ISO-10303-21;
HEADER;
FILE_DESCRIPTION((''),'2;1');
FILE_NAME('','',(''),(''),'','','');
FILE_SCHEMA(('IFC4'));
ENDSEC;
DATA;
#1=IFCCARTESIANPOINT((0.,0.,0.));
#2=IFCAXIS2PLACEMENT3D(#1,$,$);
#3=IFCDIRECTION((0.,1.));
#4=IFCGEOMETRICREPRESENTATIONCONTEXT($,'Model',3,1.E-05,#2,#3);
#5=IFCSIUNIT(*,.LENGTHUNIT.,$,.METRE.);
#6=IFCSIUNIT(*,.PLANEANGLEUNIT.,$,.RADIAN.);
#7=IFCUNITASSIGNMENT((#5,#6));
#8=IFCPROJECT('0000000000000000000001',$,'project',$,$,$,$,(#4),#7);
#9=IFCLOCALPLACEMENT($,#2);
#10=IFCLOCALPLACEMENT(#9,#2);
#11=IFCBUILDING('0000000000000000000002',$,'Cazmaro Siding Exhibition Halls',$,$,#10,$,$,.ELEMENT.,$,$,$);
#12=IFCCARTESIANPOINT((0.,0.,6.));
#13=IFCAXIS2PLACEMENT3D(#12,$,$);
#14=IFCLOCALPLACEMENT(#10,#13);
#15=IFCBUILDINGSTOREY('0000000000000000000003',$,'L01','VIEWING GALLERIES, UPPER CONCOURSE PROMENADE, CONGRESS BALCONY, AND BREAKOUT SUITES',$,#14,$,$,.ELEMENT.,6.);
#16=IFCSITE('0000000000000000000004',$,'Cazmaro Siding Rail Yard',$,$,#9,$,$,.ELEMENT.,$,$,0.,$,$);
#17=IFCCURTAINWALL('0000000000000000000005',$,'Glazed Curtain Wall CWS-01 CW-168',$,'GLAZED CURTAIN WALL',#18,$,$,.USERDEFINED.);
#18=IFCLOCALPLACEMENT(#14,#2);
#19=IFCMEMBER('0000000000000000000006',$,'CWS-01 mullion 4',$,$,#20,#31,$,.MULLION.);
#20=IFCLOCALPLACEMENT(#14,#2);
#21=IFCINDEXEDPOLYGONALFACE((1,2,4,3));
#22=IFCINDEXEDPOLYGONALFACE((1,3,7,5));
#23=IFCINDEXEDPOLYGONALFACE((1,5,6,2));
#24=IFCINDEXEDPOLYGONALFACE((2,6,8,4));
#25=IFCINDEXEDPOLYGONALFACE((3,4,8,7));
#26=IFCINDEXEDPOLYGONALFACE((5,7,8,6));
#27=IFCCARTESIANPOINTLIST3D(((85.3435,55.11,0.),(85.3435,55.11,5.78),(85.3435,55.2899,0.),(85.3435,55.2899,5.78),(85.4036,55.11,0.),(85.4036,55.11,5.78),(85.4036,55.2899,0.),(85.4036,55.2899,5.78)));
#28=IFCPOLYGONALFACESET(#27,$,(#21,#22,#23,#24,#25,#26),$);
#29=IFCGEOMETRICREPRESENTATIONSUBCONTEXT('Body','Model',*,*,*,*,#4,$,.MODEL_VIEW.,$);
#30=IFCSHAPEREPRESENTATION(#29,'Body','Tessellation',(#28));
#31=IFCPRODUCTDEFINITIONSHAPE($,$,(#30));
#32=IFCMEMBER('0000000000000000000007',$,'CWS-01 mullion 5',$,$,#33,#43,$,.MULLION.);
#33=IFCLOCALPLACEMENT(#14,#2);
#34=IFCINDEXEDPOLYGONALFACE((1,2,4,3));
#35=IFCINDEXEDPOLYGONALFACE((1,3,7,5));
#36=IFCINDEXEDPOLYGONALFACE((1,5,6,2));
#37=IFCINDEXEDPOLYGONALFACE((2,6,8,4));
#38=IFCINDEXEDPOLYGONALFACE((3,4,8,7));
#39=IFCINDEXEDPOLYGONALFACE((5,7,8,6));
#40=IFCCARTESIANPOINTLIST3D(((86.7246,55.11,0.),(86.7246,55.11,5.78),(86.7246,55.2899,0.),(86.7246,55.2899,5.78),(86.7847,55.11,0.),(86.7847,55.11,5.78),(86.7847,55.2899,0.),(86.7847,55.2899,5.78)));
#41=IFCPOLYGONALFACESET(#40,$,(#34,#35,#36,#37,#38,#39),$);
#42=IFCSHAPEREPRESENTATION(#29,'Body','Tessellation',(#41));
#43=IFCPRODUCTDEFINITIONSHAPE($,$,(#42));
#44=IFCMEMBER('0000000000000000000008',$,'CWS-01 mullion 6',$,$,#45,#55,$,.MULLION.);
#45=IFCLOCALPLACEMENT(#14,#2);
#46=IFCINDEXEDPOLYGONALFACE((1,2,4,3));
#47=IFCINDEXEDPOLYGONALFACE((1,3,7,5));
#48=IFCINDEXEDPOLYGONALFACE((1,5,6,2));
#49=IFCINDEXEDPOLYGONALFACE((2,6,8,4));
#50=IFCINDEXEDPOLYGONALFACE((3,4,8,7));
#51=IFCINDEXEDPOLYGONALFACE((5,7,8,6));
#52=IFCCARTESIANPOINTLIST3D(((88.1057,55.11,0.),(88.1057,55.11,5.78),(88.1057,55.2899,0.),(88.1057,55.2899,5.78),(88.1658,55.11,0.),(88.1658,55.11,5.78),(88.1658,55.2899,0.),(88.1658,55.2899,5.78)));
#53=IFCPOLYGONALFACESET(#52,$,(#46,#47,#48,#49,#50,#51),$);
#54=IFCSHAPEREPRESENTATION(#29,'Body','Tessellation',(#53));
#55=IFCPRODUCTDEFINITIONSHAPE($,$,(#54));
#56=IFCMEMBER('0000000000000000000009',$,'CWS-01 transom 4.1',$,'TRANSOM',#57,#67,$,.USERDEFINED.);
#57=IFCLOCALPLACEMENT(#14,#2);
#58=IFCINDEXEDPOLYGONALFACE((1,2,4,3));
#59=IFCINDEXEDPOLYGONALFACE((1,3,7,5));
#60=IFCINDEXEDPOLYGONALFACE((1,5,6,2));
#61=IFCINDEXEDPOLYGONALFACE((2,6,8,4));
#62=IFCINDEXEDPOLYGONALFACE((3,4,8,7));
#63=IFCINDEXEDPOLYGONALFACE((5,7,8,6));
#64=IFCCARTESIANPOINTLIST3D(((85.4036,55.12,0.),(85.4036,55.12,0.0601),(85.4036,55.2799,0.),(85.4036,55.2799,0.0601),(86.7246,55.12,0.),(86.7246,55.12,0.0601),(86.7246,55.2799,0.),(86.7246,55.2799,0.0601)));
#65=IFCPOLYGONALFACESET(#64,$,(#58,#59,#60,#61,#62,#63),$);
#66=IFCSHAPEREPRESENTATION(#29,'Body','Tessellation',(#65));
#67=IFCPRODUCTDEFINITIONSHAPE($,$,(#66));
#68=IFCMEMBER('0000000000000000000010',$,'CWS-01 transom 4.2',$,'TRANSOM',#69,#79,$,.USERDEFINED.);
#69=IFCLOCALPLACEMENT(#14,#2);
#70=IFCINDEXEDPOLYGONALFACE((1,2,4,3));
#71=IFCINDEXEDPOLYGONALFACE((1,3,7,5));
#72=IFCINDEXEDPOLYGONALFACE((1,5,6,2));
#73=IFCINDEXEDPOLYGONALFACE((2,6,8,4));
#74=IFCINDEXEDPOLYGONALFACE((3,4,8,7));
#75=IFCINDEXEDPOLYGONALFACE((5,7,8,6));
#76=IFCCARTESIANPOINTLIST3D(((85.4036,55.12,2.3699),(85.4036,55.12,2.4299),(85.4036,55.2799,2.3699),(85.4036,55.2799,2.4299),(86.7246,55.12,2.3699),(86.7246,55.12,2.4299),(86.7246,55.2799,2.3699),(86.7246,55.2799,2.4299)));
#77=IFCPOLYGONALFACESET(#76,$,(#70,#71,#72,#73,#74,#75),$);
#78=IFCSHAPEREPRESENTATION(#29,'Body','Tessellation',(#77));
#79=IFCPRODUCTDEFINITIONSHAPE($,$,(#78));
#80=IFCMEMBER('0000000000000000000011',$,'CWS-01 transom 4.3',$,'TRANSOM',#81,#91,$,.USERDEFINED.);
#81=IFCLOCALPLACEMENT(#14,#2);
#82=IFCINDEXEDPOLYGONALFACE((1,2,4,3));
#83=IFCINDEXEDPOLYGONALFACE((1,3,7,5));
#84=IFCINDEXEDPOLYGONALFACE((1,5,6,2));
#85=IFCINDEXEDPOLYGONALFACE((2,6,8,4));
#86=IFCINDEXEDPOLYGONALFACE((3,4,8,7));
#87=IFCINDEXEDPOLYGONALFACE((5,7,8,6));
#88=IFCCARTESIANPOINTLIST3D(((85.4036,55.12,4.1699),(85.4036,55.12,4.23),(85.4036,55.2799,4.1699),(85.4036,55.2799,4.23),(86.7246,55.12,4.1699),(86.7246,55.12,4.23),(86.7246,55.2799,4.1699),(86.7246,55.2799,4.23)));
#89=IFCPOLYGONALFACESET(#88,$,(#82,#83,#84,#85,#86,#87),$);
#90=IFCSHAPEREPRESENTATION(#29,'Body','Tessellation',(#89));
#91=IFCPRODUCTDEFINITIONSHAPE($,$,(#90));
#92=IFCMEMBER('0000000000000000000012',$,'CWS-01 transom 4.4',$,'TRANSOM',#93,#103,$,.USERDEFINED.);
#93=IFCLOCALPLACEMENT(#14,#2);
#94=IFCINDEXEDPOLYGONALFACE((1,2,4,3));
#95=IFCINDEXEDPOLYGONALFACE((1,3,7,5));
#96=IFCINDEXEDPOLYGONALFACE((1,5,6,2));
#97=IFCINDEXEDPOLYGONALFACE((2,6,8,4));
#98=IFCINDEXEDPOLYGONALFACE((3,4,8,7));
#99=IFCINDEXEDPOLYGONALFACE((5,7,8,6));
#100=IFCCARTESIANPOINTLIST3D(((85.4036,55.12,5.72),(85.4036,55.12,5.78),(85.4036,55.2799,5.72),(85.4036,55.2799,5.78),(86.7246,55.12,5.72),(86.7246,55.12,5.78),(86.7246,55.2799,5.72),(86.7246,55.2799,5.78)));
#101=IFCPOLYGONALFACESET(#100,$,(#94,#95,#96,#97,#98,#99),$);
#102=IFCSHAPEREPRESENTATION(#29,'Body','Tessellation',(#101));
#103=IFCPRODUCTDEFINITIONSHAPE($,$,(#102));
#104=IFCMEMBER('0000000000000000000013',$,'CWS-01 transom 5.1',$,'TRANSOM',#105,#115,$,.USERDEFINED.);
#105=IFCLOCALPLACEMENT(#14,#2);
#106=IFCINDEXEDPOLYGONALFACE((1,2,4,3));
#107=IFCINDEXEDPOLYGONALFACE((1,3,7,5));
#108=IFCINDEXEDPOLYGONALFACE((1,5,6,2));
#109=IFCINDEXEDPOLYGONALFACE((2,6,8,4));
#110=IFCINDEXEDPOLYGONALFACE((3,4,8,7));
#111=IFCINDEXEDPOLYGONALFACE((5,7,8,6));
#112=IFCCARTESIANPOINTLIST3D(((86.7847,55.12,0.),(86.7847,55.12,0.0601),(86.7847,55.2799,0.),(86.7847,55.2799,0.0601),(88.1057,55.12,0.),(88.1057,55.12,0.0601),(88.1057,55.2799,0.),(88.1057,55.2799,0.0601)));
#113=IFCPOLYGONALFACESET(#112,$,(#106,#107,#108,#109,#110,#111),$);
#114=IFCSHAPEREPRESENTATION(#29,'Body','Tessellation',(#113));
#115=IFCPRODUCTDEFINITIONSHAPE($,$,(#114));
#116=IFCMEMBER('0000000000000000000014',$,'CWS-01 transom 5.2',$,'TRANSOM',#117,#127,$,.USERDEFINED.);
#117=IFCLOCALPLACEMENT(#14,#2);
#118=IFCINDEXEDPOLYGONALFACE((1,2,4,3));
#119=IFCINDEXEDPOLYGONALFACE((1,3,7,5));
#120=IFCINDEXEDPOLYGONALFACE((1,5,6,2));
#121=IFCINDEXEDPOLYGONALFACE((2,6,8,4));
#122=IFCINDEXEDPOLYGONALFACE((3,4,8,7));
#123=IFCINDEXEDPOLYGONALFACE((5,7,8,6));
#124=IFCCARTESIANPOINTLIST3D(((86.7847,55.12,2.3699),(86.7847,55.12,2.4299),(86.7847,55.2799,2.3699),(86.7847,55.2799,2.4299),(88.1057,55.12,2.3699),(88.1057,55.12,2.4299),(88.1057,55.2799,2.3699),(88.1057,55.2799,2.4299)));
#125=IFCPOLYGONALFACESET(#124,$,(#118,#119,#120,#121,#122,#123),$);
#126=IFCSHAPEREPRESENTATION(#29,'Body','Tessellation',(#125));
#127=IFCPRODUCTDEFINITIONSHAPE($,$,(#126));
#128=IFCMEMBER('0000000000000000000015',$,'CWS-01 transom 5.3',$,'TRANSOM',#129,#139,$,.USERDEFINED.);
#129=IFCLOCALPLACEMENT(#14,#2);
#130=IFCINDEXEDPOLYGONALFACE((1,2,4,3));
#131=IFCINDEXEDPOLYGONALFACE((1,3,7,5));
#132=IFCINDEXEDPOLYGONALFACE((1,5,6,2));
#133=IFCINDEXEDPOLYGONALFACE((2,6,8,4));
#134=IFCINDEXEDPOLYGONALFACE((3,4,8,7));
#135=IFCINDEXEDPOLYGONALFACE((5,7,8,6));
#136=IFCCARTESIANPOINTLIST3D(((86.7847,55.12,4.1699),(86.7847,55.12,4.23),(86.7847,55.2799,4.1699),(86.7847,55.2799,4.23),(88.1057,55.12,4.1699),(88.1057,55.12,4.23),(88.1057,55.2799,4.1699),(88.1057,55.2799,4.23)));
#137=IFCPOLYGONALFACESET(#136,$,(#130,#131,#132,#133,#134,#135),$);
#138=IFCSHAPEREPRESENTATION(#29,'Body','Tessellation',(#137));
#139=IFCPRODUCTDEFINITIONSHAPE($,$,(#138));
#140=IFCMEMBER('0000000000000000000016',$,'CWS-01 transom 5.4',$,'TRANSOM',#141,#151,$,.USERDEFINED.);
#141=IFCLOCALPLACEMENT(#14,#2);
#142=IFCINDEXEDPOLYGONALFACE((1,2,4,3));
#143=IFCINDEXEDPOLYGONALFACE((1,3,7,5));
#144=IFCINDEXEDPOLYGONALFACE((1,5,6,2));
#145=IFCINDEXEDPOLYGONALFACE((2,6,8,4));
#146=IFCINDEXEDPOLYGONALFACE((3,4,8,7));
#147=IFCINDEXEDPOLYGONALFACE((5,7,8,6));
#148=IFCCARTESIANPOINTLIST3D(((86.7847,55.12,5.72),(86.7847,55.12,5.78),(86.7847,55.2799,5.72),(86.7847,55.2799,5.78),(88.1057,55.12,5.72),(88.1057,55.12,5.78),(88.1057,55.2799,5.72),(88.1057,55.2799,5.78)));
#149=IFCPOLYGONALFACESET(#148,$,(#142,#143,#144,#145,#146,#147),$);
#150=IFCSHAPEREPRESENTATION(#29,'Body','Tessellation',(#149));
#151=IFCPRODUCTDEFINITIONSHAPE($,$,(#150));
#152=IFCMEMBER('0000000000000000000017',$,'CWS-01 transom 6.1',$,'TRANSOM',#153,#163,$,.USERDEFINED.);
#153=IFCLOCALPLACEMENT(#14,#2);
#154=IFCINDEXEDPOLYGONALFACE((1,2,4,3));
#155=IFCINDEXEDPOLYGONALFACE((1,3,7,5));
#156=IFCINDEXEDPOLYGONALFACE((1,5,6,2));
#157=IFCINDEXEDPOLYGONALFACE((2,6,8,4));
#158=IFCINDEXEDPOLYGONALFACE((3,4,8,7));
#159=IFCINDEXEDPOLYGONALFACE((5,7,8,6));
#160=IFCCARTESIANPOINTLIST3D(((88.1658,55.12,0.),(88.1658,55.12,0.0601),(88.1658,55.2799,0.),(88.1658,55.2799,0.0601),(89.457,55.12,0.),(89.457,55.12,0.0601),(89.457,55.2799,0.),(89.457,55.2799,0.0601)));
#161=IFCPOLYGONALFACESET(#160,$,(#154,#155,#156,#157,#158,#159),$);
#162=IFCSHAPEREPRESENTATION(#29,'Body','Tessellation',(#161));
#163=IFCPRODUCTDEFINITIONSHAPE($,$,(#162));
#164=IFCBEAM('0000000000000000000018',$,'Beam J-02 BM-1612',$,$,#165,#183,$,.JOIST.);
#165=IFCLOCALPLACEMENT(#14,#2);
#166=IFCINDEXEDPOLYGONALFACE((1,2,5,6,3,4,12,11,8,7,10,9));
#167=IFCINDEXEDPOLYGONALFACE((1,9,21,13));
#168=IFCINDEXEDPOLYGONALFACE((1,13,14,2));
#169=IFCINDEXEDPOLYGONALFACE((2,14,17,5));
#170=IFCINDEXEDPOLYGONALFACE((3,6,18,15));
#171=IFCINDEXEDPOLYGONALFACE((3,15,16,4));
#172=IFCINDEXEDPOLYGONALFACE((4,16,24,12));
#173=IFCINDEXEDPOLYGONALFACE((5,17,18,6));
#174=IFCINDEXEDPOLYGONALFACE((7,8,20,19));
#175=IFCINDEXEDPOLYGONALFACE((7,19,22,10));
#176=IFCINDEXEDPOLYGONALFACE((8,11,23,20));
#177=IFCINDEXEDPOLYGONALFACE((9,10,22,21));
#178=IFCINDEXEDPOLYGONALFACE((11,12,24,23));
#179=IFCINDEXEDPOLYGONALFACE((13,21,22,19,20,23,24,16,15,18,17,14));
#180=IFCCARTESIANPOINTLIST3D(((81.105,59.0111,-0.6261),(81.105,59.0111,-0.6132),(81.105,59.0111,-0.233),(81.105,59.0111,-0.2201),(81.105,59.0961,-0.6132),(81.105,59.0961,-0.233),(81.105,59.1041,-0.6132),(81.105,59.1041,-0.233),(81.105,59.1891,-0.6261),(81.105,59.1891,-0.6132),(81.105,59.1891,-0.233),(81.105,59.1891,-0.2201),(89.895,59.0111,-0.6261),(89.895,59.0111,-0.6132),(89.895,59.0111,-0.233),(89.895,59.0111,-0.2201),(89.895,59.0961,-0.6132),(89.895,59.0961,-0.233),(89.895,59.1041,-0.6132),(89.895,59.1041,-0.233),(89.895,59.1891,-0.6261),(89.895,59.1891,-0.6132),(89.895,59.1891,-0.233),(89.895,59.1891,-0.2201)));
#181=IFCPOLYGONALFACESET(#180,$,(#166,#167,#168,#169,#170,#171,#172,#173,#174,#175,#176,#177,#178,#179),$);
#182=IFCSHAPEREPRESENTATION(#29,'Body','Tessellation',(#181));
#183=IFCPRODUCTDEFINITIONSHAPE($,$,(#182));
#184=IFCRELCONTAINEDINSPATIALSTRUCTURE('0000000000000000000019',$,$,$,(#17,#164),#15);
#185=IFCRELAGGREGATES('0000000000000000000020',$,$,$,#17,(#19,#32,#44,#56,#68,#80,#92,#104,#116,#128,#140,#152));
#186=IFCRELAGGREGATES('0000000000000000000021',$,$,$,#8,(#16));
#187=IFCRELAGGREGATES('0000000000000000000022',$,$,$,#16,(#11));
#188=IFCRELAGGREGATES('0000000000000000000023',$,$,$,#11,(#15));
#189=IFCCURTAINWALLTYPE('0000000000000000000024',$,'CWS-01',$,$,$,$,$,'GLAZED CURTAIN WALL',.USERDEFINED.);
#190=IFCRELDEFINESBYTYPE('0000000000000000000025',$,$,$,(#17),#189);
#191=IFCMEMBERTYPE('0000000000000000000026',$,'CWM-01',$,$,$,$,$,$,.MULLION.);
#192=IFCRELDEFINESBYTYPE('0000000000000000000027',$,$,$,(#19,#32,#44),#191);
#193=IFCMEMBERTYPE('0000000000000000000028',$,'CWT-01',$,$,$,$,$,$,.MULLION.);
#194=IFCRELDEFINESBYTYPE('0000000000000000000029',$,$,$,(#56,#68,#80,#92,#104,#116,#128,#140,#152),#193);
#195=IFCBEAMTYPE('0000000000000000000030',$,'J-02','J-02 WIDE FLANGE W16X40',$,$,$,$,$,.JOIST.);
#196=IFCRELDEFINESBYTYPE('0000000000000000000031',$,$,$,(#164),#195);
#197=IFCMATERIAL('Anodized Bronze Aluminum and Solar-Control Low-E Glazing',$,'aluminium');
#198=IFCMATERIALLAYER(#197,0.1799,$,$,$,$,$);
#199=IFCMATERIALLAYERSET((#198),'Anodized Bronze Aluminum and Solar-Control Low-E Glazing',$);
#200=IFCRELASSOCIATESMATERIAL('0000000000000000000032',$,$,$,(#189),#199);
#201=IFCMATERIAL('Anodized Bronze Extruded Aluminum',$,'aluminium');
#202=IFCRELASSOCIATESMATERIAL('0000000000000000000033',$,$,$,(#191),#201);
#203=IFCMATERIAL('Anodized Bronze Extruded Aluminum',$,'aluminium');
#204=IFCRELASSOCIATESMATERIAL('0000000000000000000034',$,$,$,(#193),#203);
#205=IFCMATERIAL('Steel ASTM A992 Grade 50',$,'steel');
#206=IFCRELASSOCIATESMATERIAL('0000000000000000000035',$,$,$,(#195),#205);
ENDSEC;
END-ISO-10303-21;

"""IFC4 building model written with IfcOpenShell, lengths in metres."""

from ifc_helpers import new_model, si_unit, direction, frame, origin, origin_2d, place, context, subcontext, project, spatial, rectangle, i_section, extrude, material, layer, layer_set, material_profile, profile_set, type_object, element, aggregate, save


model = new_model("IFC4")

# Units and contexts
model_context = context("Model", 3, precision=1e-05, world=origin(), true_north=direction((0.0, 1.0)))
body_context = subcontext(model_context, "Body", "Model", "MODEL_VIEW")
ifc_project = project(units=[si_unit("LENGTHUNIT", "METRE"), si_unit("PLANEANGLEUNIT", "RADIAN")], contexts=[model_context])

# Site, building, storey
site_placement = place(None, origin())
site = spatial("IfcSite", under=ifc_project, at=site_placement, Name="Cazmaro Siding Rail Yard", CompositionType="ELEMENT", RefElevation=0.0)
building_placement = place(site_placement, origin())
building = spatial("IfcBuilding", under=site, at=building_placement, Name="Cazmaro Siding Exhibition Halls", CompositionType="ELEMENT")
storey_placement = place(building_placement, frame((0.0, 0.0, 6.0)))
storey = spatial("IfcBuildingStorey", under=building, at=storey_placement, Name="L01", Description="VIEWING GALLERIES, UPPER CONCOURSE PROMENADE, CONGRESS BALCONY, AND BREAKOUT SUITES", CompositionType="ELEMENT", Elevation=6.0)

# Curtain wall, members
ifc_material_1 = material(Name="Anodized Bronze Aluminum and Solar-Control Low-E Glazing", Category="aluminium")
ifc_layer_1 = layer(ifc_material_1, 0.1799)
ifc_layer_set_1 = layer_set([ifc_layer_1], Name="Anodized Bronze Aluminum and Solar-Control Low-E Glazing")
curtain_wall_type = type_object("IfcCurtainWallType", Name="CWS-01", ElementType="GLAZED CURTAIN WALL", PredefinedType="USERDEFINED", material=ifc_layer_set_1)
curtain_wall_placement = place(storey_placement, origin())
curtain_wall = element("IfcCurtainWall", 1, at=curtain_wall_placement, inside=storey, type_object=curtain_wall_type, Name="Glazed Curtain Wall CWS-01 CW-168", ObjectType="GLAZED CURTAIN WALL", PredefinedType="USERDEFINED")
ifc_material_2 = material(Name="Anodized Bronze Extruded Aluminum", Category="aluminium")
ifc_material_profile_1 = material_profile(ifc_material_2, rectangle(XDim=0.1799, YDim=0.0601, at=origin_2d()), Name="CWM-01")
ifc_profile_set_1 = profile_set([ifc_material_profile_1], Name="Anodized Bronze Extruded Aluminum")
member_type_1 = type_object("IfcMemberType", Name="CWM-01", PredefinedType="MULLION", material=ifc_profile_set_1)
member_1_placement = place(storey_placement, frame((85.3735, 55.2, 0.0), z_axis=(0.0, 0.0, 1.0), x_axis=(0.0, 1.0, 0.0)))
member_1 = element("IfcMember", 2, at=member_1_placement, type_object=member_type_1, Name="CWS-01 mullion 4", PredefinedType="MULLION", context=body_context, shape_type="SweptSolid", body=[
    extrude(rectangle(XDim=0.1799, YDim=0.0601, at=origin_2d()), origin(), (0.0, 0.0, 1.0), 5.78),
])
member_2_placement = place(storey_placement, frame((86.7546, 55.2, 0.0), z_axis=(0.0, 0.0, 1.0), x_axis=(0.0, 1.0, 0.0)))
member_2 = element("IfcMember", 3, at=member_2_placement, type_object=member_type_1, Name="CWS-01 mullion 5", PredefinedType="MULLION", context=body_context, shape_type="SweptSolid", body=[
    extrude(rectangle(XDim=0.1799, YDim=0.0601, at=origin_2d()), origin(), (0.0, 0.0, 1.0), 5.78),
])
member_3_placement = place(storey_placement, frame((88.1357, 55.2, 0.0), z_axis=(0.0, 0.0, 1.0), x_axis=(0.0, 1.0, 0.0)))
member_3 = element("IfcMember", 4, at=member_3_placement, type_object=member_type_1, Name="CWS-01 mullion 6", PredefinedType="MULLION", context=body_context, shape_type="SweptSolid", body=[
    extrude(rectangle(XDim=0.1799, YDim=0.0601, at=origin_2d()), origin(), (0.0, 0.0, 1.0), 5.78),
])
ifc_material_3 = material(Name="Anodized Bronze Extruded Aluminum", Category="aluminium")
ifc_material_profile_2 = material_profile(ifc_material_3, rectangle(XDim=0.1599, YDim=0.0601, at=origin_2d()), Name="CWT-01")
ifc_profile_set_2 = profile_set([ifc_material_profile_2], Name="Anodized Bronze Extruded Aluminum")
member_type_2 = type_object("IfcMemberType", Name="CWT-01", PredefinedType="MULLION", material=ifc_profile_set_2)
member_4_placement = place(storey_placement, frame((85.4036, 55.2, 0.03), z_axis=(1.0, 0.0, 0.0), x_axis=(0.0, 1.0, 0.0)))
member_4 = element("IfcMember", 5, at=member_4_placement, type_object=member_type_2, Name="CWS-01 transom 4.1", ObjectType="TRANSOM", PredefinedType="USERDEFINED", context=body_context, shape_type="SweptSolid", body=[
    extrude(rectangle(XDim=0.1599, YDim=0.0601, at=origin_2d()), origin(), (0.0, 0.0, 1.0), 1.321),
])
member_5_placement = place(storey_placement, frame((85.4036, 55.2, 2.3999), z_axis=(1.0, 0.0, 0.0), x_axis=(0.0, 1.0, 0.0)))
member_5 = element("IfcMember", 6, at=member_5_placement, type_object=member_type_2, Name="CWS-01 transom 4.2", ObjectType="TRANSOM", PredefinedType="USERDEFINED", context=body_context, shape_type="SweptSolid", body=[
    extrude(rectangle(XDim=0.1599, YDim=0.0601, at=origin_2d()), origin(), (0.0, 0.0, 1.0), 1.321),
])
member_6_placement = place(storey_placement, frame((85.4036, 55.2, 4.2), z_axis=(1.0, 0.0, 0.0), x_axis=(0.0, 1.0, 0.0)))
member_6 = element("IfcMember", 7, at=member_6_placement, type_object=member_type_2, Name="CWS-01 transom 4.3", ObjectType="TRANSOM", PredefinedType="USERDEFINED", context=body_context, shape_type="SweptSolid", body=[
    extrude(rectangle(XDim=0.1599, YDim=0.0601, at=origin_2d()), origin(), (0.0, 0.0, 1.0), 1.321),
])
member_7_placement = place(storey_placement, frame((85.4036, 55.2, 5.75), z_axis=(1.0, 0.0, 0.0), x_axis=(0.0, 1.0, 0.0)))
member_7 = element("IfcMember", 8, at=member_7_placement, type_object=member_type_2, Name="CWS-01 transom 4.4", ObjectType="TRANSOM", PredefinedType="USERDEFINED", context=body_context, shape_type="SweptSolid", body=[
    extrude(rectangle(XDim=0.1599, YDim=0.0601, at=origin_2d()), origin(), (0.0, 0.0, 1.0), 1.321),
])
member_8_placement = place(storey_placement, frame((86.7847, 55.2, 0.03), z_axis=(1.0, 0.0, 0.0), x_axis=(0.0, 1.0, 0.0)))
member_8 = element("IfcMember", 9, at=member_8_placement, type_object=member_type_2, Name="CWS-01 transom 5.1", ObjectType="TRANSOM", PredefinedType="USERDEFINED", context=body_context, shape_type="SweptSolid", body=[
    extrude(rectangle(XDim=0.1599, YDim=0.0601, at=origin_2d()), origin(), (0.0, 0.0, 1.0), 1.321),
])
member_9_placement = place(storey_placement, frame((86.7847, 55.2, 2.3999), z_axis=(1.0, 0.0, 0.0), x_axis=(0.0, 1.0, 0.0)))
member_9 = element("IfcMember", 10, at=member_9_placement, type_object=member_type_2, Name="CWS-01 transom 5.2", ObjectType="TRANSOM", PredefinedType="USERDEFINED", context=body_context, shape_type="SweptSolid", body=[
    extrude(rectangle(XDim=0.1599, YDim=0.0601, at=origin_2d()), origin(), (0.0, 0.0, 1.0), 1.321),
])
member_10_placement = place(storey_placement, frame((86.7847, 55.2, 4.2), z_axis=(1.0, 0.0, 0.0), x_axis=(0.0, 1.0, 0.0)))
member_10 = element("IfcMember", 11, at=member_10_placement, type_object=member_type_2, Name="CWS-01 transom 5.3", ObjectType="TRANSOM", PredefinedType="USERDEFINED", context=body_context, shape_type="SweptSolid", body=[
    extrude(rectangle(XDim=0.1599, YDim=0.0601, at=origin_2d()), origin(), (0.0, 0.0, 1.0), 1.321),
])
member_11_placement = place(storey_placement, frame((86.7847, 55.2, 5.75), z_axis=(1.0, 0.0, 0.0), x_axis=(0.0, 1.0, 0.0)))
member_11 = element("IfcMember", 12, at=member_11_placement, type_object=member_type_2, Name="CWS-01 transom 5.4", ObjectType="TRANSOM", PredefinedType="USERDEFINED", context=body_context, shape_type="SweptSolid", body=[
    extrude(rectangle(XDim=0.1599, YDim=0.0601, at=origin_2d()), origin(), (0.0, 0.0, 1.0), 1.321),
])
member_12_placement = place(storey_placement, frame((88.1658, 55.2, 0.03), z_axis=(1.0, 0.0, 0.0), x_axis=(0.0, 1.0, 0.0)))
member_12 = element("IfcMember", 13, at=member_12_placement, type_object=member_type_2, Name="CWS-01 transom 6.1", ObjectType="TRANSOM", PredefinedType="USERDEFINED", context=body_context, shape_type="SweptSolid", body=[
    extrude(rectangle(XDim=0.1599, YDim=0.0601, at=origin_2d()), origin(), (0.0, 0.0, 1.0), 1.2913),
])

# Beam
ifc_material_4 = material(Name="Steel ASTM A992 Grade 50", Category="steel")
ifc_material_profile_3 = material_profile(ifc_material_4, i_section(OverallWidth=0.178, OverallDepth=0.406, WebThickness=0.0081, FlangeThickness=0.0129, at=origin_2d()), Name="W16X40")
ifc_profile_set_3 = profile_set([ifc_material_profile_3], Name="Steel ASTM A992 Grade 50")
beam_type = type_object("IfcBeamType", Name="J-02", Description="J-02 WIDE FLANGE W16X40", PredefinedType="JOIST", material=ifc_profile_set_3)
beam_placement = place(storey_placement, frame((81.105, 59.1001, -0.4231), z_axis=(1.0, 0.0, 0.0), x_axis=(0.0, 1.0, 0.0)))
element("IfcBeam", 14, at=beam_placement, inside=storey, type_object=beam_type, Name="Beam J-02 BM-1612", PredefinedType="JOIST", context=body_context, shape_type="SweptSolid", body=[
    extrude(i_section(OverallWidth=0.178, OverallDepth=0.406, WebThickness=0.0081, FlangeThickness=0.0129, at=origin_2d()), origin(), (0.0, 0.0, 1.0), 8.79),
])

aggregate(curtain_wall, [member_1, member_2, member_3, member_4, member_5, member_6, member_7, member_8, member_9, member_10, member_11, member_12])

save(model, "model.ifc")
